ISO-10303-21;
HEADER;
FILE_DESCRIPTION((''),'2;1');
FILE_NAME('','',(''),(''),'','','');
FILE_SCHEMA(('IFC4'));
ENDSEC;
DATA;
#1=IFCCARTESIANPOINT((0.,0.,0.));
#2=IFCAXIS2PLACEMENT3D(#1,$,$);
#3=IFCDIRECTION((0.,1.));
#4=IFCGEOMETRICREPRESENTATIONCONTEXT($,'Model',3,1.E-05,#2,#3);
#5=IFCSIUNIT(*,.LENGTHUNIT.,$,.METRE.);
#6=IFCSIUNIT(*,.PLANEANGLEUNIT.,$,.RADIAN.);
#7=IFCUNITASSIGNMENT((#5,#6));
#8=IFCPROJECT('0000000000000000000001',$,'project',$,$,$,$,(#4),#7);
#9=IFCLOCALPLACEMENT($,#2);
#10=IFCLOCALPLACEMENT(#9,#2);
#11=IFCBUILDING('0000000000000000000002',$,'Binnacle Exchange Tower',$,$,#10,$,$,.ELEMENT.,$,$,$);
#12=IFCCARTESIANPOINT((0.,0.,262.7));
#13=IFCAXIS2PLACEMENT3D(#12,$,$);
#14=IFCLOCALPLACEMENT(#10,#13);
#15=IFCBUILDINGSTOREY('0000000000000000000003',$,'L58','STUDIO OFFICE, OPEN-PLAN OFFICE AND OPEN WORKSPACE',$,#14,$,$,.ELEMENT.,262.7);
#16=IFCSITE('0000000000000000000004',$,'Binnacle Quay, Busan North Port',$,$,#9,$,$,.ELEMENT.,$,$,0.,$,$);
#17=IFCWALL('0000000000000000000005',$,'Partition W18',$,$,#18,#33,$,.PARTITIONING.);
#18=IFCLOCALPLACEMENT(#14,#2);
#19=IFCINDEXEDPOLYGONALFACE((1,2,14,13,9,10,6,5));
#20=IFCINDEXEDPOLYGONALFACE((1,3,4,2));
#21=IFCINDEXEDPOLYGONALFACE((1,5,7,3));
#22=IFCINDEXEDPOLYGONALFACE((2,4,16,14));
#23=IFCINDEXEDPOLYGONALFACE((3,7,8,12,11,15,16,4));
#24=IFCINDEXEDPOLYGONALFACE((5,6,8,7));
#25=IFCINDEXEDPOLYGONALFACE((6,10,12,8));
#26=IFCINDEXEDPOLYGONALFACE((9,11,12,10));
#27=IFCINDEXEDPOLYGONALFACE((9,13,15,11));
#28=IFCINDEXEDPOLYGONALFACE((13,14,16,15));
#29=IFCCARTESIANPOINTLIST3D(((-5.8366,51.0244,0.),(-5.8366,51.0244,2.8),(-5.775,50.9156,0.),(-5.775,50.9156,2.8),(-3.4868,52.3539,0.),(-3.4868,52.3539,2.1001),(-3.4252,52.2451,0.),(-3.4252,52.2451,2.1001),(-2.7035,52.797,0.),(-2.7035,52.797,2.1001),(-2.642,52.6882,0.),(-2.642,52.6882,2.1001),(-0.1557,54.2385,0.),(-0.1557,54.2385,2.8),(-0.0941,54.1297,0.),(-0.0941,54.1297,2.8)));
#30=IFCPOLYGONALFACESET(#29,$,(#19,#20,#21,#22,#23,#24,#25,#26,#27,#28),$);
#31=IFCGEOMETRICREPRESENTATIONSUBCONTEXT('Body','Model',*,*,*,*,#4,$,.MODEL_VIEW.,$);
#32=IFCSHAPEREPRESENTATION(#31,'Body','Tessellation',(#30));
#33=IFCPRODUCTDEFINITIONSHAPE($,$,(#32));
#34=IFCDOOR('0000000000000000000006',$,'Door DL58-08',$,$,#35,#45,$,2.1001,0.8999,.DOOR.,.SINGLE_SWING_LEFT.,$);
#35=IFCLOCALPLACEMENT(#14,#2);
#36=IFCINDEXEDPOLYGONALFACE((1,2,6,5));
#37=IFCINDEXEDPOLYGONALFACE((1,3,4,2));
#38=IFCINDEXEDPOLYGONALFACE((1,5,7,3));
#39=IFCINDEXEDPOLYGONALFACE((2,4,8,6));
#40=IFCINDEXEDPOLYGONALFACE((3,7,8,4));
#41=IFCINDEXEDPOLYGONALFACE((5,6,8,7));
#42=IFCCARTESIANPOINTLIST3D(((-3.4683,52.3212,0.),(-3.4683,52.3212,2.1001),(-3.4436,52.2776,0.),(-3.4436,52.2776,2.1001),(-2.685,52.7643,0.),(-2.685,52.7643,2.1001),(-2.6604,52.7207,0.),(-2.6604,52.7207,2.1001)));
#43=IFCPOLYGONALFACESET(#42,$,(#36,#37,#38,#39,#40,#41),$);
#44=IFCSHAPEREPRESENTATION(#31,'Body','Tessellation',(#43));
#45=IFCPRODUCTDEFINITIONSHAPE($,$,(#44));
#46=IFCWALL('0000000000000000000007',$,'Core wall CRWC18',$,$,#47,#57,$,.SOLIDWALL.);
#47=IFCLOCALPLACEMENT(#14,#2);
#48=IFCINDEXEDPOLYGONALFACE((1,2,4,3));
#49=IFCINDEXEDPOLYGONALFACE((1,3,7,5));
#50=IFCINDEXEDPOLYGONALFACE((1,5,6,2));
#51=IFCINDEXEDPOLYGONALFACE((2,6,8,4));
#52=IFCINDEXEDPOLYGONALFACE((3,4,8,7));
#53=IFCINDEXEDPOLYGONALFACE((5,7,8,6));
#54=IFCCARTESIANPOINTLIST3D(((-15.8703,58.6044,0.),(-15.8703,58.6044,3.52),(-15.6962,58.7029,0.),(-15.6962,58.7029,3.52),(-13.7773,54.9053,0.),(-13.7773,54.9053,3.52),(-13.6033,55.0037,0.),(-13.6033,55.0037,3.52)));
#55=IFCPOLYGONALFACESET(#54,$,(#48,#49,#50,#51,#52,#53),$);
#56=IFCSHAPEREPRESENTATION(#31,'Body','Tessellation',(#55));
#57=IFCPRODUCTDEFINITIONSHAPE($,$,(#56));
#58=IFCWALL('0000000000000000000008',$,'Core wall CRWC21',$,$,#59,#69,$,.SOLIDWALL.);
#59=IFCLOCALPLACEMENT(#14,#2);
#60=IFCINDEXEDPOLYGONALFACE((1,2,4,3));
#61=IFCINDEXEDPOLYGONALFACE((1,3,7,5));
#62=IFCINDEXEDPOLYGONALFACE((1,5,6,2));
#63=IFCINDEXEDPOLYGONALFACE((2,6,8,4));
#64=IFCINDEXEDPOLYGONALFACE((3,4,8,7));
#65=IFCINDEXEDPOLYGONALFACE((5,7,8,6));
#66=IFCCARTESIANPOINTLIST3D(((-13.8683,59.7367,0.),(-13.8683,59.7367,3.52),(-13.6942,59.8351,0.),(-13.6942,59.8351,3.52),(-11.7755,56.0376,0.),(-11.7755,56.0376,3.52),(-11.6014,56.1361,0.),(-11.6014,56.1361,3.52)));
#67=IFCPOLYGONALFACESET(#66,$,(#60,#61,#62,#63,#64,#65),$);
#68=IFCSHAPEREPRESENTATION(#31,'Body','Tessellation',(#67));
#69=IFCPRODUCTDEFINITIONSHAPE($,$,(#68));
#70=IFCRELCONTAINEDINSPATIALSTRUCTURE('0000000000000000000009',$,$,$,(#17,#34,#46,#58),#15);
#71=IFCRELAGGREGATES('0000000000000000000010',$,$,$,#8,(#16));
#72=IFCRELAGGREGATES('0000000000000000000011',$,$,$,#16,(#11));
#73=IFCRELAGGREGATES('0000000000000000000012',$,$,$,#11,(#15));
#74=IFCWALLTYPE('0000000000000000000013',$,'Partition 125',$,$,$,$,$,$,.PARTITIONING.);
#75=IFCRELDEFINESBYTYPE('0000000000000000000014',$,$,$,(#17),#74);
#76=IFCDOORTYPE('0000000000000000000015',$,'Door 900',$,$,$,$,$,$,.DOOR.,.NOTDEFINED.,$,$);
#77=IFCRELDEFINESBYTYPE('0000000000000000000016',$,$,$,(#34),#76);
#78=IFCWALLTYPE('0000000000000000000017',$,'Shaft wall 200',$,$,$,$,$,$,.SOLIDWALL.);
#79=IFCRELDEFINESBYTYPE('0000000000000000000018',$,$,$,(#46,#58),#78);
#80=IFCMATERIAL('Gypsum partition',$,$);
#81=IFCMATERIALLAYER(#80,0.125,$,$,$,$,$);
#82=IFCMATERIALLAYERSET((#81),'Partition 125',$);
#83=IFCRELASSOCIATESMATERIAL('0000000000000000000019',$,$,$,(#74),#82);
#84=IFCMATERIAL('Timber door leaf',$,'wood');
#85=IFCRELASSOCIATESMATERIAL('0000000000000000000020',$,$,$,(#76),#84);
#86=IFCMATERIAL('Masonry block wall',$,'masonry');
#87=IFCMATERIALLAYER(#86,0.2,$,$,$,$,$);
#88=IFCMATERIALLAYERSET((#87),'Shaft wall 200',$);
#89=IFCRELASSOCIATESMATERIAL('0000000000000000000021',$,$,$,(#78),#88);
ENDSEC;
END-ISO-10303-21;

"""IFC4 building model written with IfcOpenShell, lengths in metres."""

from ifc_helpers import new_model, si_unit, direction, frame, frame_2d, origin, place, context, subcontext, project, spatial, rectangle, extrude, material, layer, layer_set, type_object, element, fill, save


model = new_model("IFC4")

# Units and contexts
model_context = context("Model", 3, precision=1e-05, world=origin(), true_north=direction((0.0, 1.0)))
body_context = subcontext(model_context, "Body", "Model", "MODEL_VIEW")
ifc_project = project(units=[si_unit("LENGTHUNIT", "METRE"), si_unit("PLANEANGLEUNIT", "RADIAN")], contexts=[model_context])

# Site, building, storey
site_placement = place(None, origin())
site = spatial("IfcSite", under=ifc_project, at=site_placement, Name="Binnacle Quay, Busan North Port", CompositionType="ELEMENT", RefElevation=0.0)
building_placement = place(site_placement, origin())
building = spatial("IfcBuilding", under=site, at=building_placement, Name="Binnacle Exchange Tower", CompositionType="ELEMENT")
storey_placement = place(building_placement, frame((0.0, 0.0, 262.7)))
storey = spatial("IfcBuildingStorey", under=building, at=storey_placement, Name="L58", Description="STUDIO OFFICE, OPEN-PLAN OFFICE AND OPEN WORKSPACE", CompositionType="ELEMENT", Elevation=262.7)

# Wall, opening, door
ifc_material_1 = material(Name="Gypsum partition")
ifc_layer_1 = layer(ifc_material_1, 0.125)
ifc_layer_set_1 = layer_set([ifc_layer_1], Name="Partition 125")
wall_type_1 = type_object("IfcWallType", Name="Partition 125", PredefinedType="PARTITIONING", material=ifc_layer_set_1)
wall_1_placement = place(storey_placement, frame((-5.8059, 50.97, 0.0), z_axis=(0.0, 0.0, 1.0), x_axis=(0.870355, 0.492425, 0.0)))
wall_1 = element("IfcWall", 1, at=wall_1_placement, inside=storey, type_object=wall_type_1, Name="Partition W18", PredefinedType="PARTITIONING", context=body_context, shape_type="SweptSolid", body=[
    extrude(rectangle(XDim=6.5271, YDim=0.125, at=frame_2d((3.2637, 0.0))), origin(), (0.0, 0.0, 1.0), 2.8),
])
opening_placement = place(wall_1_placement, frame((2.7, 0.0, 0.0)))
opening = element("IfcOpeningElement", 2, at=opening_placement, cuts=wall_1, PredefinedType="OPENING", context=body_context, shape_type="SweptSolid", body=[
    extrude(rectangle(XDim=0.8999, YDim=2.1001, at=frame_2d((0.45, 1.05))), frame((0.0, 0.0725, 0.0), z_axis=(0.0, -1.0, 0.0), x_axis=(1.0, 0.0, 0.0)), (0.0, 0.0, 1.0), 0.145),
])
ifc_material_2 = material(Name="Timber door leaf", Category="wood")
door_type = type_object("IfcDoorType", Name="Door 900", OperationType="NOTDEFINED", PredefinedType="DOOR", material=ifc_material_2)
door_placement = place(opening_placement, origin())
door = element("IfcDoor", 3, at=door_placement, inside=storey, type_object=door_type, Name="Door DL58-08", OperationType="SINGLE_SWING_LEFT", OverallHeight=2.1001, OverallWidth=0.8999, PredefinedType="DOOR", context=body_context, shape_type="SweptSolid", body=[
    extrude(rectangle(XDim=0.8999, YDim=2.1001, at=frame_2d((0.45, 1.05))), frame((0.0, 0.0249, 0.0), z_axis=(0.0, -1.0, 0.0), x_axis=(1.0, 0.0, 0.0)), (0.0, 0.0, 1.0), 0.05),
])
fill(opening, door)

# Walls
ifc_material_3 = material(Name="Masonry block wall", Category="masonry")
ifc_layer_2 = layer(ifc_material_3, 0.2)
ifc_layer_set_2 = layer_set([ifc_layer_2], Name="Shaft wall 200")
wall_type_2 = type_object("IfcWallType", Name="Shaft wall 200", PredefinedType="SOLIDWALL", material=ifc_layer_set_2)
wall_2_placement = place(storey_placement, frame((-15.7832, 58.6536, 0.0), z_axis=(0.0, 0.0, 1.0), x_axis=(0.492441, -0.870346, 0.0)))
element("IfcWall", 4, at=wall_2_placement, inside=storey, type_object=wall_type_2, Name="Core wall CRWC18", PredefinedType="SOLIDWALL", context=body_context, shape_type="SweptSolid", body=[
    extrude(rectangle(XDim=4.2502, YDim=0.2, at=frame_2d((2.125, 0.0))), origin(), (0.0, 0.0, 1.0), 3.52),
])
wall_3_placement = place(storey_placement, frame((-13.7812, 59.7859, 0.0), z_axis=(0.0, 0.0, 1.0), x_axis=(0.492423, -0.870356, 0.0)))
element("IfcWall", 5, at=wall_3_placement, inside=storey, type_object=wall_type_2, Name="Core wall CRWC21", PredefinedType="SOLIDWALL", context=body_context, shape_type="SweptSolid", body=[
    extrude(rectangle(XDim=4.25, YDim=0.2, at=frame_2d((2.125, 0.0))), origin(), (0.0, 0.0, 1.0), 3.52),
])

save(model, "model.ifc")
